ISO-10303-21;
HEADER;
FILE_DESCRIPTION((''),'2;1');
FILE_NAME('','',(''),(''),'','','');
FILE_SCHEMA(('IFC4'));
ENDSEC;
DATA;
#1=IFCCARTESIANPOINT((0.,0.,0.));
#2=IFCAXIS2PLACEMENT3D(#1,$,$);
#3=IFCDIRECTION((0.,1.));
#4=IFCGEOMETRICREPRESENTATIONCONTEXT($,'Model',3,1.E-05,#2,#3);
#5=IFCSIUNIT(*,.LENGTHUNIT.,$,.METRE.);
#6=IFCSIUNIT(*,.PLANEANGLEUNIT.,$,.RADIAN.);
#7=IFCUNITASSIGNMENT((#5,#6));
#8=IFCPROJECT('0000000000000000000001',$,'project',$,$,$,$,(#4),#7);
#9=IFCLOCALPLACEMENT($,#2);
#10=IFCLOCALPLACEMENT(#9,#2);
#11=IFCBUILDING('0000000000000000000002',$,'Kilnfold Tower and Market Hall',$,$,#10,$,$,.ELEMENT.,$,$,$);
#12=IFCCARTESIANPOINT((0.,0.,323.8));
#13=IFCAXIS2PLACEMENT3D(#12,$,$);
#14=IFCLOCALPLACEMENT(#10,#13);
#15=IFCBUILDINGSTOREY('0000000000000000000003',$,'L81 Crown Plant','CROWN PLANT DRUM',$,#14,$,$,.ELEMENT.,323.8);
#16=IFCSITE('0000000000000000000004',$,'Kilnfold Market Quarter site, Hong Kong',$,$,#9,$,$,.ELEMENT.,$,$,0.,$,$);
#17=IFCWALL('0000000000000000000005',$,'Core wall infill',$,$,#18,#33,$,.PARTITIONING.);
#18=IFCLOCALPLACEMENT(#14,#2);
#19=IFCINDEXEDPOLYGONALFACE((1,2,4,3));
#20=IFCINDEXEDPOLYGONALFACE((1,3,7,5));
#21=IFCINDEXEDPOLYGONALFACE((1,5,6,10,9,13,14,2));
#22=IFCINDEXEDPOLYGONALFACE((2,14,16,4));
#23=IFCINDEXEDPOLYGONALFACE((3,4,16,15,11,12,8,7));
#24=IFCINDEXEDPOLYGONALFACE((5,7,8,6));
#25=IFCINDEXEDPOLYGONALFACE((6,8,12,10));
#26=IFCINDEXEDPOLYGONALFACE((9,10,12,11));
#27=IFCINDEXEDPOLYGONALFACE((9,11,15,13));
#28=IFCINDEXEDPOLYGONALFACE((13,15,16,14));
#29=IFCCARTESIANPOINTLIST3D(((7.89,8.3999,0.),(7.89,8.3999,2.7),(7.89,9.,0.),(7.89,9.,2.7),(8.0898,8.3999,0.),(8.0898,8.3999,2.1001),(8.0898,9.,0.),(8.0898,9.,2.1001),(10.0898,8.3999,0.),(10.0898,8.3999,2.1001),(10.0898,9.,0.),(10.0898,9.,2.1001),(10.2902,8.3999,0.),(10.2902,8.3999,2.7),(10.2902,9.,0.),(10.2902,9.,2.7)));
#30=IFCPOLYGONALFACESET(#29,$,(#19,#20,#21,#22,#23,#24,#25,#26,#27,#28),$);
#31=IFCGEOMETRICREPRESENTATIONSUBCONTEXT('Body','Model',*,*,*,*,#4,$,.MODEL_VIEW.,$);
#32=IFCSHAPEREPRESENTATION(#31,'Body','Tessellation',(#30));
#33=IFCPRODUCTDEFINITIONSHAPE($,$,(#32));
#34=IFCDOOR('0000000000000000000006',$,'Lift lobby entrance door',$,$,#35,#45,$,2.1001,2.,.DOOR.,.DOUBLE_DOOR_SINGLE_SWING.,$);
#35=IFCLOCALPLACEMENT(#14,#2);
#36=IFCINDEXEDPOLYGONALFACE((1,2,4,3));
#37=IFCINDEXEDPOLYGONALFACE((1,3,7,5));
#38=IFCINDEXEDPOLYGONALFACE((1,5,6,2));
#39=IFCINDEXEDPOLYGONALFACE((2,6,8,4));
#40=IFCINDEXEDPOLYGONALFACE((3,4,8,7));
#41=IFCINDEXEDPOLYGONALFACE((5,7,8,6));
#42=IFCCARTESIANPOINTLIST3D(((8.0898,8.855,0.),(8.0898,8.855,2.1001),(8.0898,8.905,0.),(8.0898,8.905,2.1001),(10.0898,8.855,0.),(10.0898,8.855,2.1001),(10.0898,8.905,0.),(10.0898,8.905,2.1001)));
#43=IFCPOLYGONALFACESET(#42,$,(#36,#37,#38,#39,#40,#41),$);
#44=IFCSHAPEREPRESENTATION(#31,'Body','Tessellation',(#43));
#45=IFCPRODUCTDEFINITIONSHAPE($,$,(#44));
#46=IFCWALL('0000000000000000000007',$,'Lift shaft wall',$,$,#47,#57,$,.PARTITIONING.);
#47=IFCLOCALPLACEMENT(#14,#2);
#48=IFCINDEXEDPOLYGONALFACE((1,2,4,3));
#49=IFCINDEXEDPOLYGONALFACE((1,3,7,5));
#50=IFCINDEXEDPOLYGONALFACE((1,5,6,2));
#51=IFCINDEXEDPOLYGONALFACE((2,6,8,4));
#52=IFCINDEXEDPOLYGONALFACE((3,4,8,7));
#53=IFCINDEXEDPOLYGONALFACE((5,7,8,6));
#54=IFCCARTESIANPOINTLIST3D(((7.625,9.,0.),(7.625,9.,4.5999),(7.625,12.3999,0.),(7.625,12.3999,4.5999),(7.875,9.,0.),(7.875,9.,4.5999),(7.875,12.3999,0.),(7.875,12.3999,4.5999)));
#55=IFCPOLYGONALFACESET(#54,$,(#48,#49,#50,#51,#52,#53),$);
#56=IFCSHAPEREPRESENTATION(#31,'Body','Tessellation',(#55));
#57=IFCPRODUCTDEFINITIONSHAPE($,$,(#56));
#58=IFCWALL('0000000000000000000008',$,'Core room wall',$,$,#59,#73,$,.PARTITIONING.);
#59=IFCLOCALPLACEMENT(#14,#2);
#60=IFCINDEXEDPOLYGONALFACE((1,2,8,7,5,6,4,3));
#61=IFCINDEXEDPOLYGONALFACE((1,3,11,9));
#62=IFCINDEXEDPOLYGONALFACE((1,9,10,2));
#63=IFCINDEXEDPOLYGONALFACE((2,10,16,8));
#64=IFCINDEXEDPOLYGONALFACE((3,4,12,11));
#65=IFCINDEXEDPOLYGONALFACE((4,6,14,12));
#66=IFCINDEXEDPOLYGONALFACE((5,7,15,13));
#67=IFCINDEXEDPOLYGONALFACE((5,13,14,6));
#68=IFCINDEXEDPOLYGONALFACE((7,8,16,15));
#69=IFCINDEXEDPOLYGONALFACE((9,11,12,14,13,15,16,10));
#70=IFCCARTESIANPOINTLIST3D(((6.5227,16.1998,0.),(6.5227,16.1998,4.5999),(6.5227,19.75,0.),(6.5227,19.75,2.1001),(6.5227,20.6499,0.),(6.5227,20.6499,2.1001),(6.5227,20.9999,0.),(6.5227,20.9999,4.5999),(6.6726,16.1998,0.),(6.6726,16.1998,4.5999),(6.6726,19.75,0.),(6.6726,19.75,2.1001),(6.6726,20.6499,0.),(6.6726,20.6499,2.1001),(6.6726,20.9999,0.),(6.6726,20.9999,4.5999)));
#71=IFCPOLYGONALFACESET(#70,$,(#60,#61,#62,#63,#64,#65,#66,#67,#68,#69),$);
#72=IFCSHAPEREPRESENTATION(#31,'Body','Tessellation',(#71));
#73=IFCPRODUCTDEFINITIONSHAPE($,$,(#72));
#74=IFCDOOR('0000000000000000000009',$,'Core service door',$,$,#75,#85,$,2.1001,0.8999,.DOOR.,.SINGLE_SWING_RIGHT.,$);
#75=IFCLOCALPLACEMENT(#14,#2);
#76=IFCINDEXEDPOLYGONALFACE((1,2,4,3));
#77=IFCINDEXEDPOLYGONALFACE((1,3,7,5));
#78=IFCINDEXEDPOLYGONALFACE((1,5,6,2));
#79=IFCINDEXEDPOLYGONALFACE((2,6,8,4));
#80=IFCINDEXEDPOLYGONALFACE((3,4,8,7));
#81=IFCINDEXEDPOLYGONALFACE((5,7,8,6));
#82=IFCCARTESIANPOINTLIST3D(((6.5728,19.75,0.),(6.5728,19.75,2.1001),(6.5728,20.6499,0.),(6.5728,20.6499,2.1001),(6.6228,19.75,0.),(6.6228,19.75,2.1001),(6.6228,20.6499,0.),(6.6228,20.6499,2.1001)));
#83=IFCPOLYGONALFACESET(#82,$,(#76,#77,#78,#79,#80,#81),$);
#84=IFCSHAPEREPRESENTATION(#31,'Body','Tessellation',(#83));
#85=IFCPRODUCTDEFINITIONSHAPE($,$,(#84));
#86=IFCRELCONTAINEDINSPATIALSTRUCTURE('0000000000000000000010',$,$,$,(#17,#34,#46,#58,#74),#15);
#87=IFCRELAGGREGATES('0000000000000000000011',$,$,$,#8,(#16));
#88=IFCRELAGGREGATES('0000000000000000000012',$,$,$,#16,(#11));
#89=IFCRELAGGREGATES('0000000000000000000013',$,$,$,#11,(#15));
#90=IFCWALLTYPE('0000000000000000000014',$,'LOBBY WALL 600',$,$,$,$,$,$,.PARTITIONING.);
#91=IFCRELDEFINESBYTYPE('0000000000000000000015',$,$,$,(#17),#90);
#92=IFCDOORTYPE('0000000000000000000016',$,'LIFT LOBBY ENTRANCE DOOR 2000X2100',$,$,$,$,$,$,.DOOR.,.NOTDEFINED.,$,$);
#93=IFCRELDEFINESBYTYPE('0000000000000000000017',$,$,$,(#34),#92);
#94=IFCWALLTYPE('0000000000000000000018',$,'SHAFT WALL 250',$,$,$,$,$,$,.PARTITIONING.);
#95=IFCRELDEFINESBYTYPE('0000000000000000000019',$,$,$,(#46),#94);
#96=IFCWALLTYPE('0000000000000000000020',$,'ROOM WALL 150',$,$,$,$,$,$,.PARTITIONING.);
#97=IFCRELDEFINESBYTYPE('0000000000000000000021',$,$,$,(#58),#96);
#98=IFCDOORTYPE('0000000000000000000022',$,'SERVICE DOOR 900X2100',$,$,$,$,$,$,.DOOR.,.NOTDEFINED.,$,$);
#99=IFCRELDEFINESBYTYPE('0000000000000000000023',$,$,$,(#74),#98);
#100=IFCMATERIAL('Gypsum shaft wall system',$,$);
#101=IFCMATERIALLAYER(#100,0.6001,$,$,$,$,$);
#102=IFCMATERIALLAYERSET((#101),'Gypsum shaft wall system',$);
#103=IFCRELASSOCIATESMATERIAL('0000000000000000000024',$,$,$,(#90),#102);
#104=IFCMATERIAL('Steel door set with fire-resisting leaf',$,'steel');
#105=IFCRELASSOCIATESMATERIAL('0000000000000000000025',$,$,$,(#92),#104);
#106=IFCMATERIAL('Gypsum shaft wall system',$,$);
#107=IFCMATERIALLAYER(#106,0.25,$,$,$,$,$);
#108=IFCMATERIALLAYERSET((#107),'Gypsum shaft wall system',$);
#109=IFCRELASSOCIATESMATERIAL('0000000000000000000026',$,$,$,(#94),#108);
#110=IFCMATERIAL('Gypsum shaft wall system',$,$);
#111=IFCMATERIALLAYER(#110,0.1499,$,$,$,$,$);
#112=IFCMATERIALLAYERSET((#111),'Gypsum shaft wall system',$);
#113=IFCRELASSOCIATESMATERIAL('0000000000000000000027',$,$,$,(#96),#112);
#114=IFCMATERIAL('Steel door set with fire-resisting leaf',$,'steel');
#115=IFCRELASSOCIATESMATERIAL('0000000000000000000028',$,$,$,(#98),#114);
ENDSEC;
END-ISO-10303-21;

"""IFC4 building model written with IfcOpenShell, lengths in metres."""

from ifc_helpers import new_model, si_unit, direction, frame, frame_2d, origin, place, context, subcontext, project, spatial, rectangle, extrude, source, transform, mapped, material, layer, layer_set, type_object, element, fill, save


model = new_model("IFC4")

# Units and contexts
model_context = context("Model", 3, precision=1e-05, world=origin(), true_north=direction((0.0, 1.0)))
body_context = subcontext(model_context, "Body", "Model", "MODEL_VIEW")
ifc_project = project(units=[si_unit("LENGTHUNIT", "METRE"), si_unit("PLANEANGLEUNIT", "RADIAN")], contexts=[model_context])

# Site, building, storey
site_placement = place(None, origin())
site = spatial("IfcSite", under=ifc_project, at=site_placement, Name="Kilnfold Market Quarter site, Hong Kong", CompositionType="ELEMENT", RefElevation=0.0)
building_placement = place(site_placement, origin())
building = spatial("IfcBuilding", under=site, at=building_placement, Name="Kilnfold Tower and Market Hall", CompositionType="ELEMENT")
storey_placement = place(building_placement, frame((0.0, 0.0, 323.8)))
storey = spatial("IfcBuildingStorey", under=building, at=storey_placement, Name="L81 Crown Plant", Description="CROWN PLANT DRUM", CompositionType="ELEMENT", Elevation=323.8)

# Wall, opening, door
ifc_material_1 = material(Name="Gypsum shaft wall system")
ifc_layer_1 = layer(ifc_material_1, 0.6001)
ifc_layer_set_1 = layer_set([ifc_layer_1], Name="Gypsum shaft wall system")
wall_type_1 = type_object("IfcWallType", Name="LOBBY WALL 600", PredefinedType="PARTITIONING", material=ifc_layer_set_1)
shared_shape_1 = source(origin(), body_context, "Body", "SweptSolid", [
    extrude(rectangle(XDim=2.4001, YDim=0.6001, at=frame_2d((1.2002, 0.0))), origin(), (0.0, 0.0, 1.0), 2.7),
])
wall_1_placement = place(storey_placement, frame((7.8899, 8.7, 0.0), z_axis=(0.0, 0.0, 1.0), x_axis=(1.0, 0.0, 0.0)))
wall_1 = element("IfcWall", 1, at=wall_1_placement, inside=storey, type_object=wall_type_1, Name="Core wall infill", PredefinedType="PARTITIONING", context=body_context, shape_type="MappedRepresentation", body=[
    mapped(shared_shape_1, transform((0.0, 0.0, 0.0))),
])
opening_1_placement = place(wall_1_placement, frame((0.2, 0.0, 0.0)))
opening_1 = element("IfcOpeningElement", 2, at=opening_1_placement, cuts=wall_1, PredefinedType="OPENING", context=body_context, shape_type="SweptSolid", body=[
    extrude(rectangle(XDim=2.0, YDim=2.1001, at=frame_2d((1.0, 1.05))), frame((0.0, 0.3101, 0.0), z_axis=(0.0, -1.0, 0.0), x_axis=(1.0, 0.0, 0.0)), (0.0, 0.0, 1.0), 0.6201),
])
ifc_material_2 = material(Name="Steel door set with fire-resisting leaf", Category="steel")
door_type_1 = type_object("IfcDoorType", Name="LIFT LOBBY ENTRANCE DOOR 2000X2100", OperationType="NOTDEFINED", PredefinedType="DOOR", material=ifc_material_2)
door_1_placement = place(opening_1_placement, origin())
door_1 = element("IfcDoor", 3, at=door_1_placement, inside=storey, type_object=door_type_1, Name="Lift lobby entrance door", OperationType="DOUBLE_DOOR_SINGLE_SWING", OverallHeight=2.1001, OverallWidth=2.0, PredefinedType="DOOR", context=body_context, shape_type="SweptSolid", body=[
    extrude(rectangle(XDim=2.0, YDim=2.1001, at=frame_2d((1.0, 1.05))), frame((0.0, 0.2051, 0.0), z_axis=(0.0, -1.0, 0.0), x_axis=(1.0, 0.0, 0.0)), (0.0, 0.0, 1.0), 0.05),
])
fill(opening_1, door_1)

# Wall
ifc_material_3 = material(Name="Gypsum shaft wall system")
ifc_layer_2 = layer(ifc_material_3, 0.25)
ifc_layer_set_2 = layer_set([ifc_layer_2], Name="Gypsum shaft wall system")
wall_type_2 = type_object("IfcWallType", Name="SHAFT WALL 250", PredefinedType="PARTITIONING", material=ifc_layer_set_2)
shared_shape_2 = source(origin(), body_context, "Body", "SweptSolid", [
    extrude(rectangle(XDim=3.3999, YDim=0.25, at=frame_2d((1.7, 0.0))), origin(), (0.0, 0.0, 1.0), 4.5999),
])
wall_2_placement = place(storey_placement, frame((7.75, 9.0, 0.0), z_axis=(0.0, 0.0, 1.0), x_axis=(0.0, 1.0, 0.0)))
element("IfcWall", 4, at=wall_2_placement, inside=storey, type_object=wall_type_2, Name="Lift shaft wall", PredefinedType="PARTITIONING", context=body_context, shape_type="MappedRepresentation", body=[
    mapped(shared_shape_2, transform((0.0, 0.0, 0.0))),
])

# Wall, opening, door
ifc_material_4 = material(Name="Gypsum shaft wall system")
ifc_layer_3 = layer(ifc_material_4, 0.1499)
ifc_layer_set_3 = layer_set([ifc_layer_3], Name="Gypsum shaft wall system")
wall_type_3 = type_object("IfcWallType", Name="ROOM WALL 150", PredefinedType="PARTITIONING", material=ifc_layer_set_3)
shared_shape_3 = source(origin(), body_context, "Body", "SweptSolid", [
    extrude(rectangle(XDim=4.8, YDim=0.1499, at=frame_2d((2.3999, 0.0))), origin(), (0.0, 0.0, 1.0), 4.5999),
])
wall_3_placement = place(storey_placement, frame((6.5977, 16.2, 0.0), z_axis=(0.0, 0.0, 1.0), x_axis=(0.0, 1.0, 0.0)))
wall_3 = element("IfcWall", 5, at=wall_3_placement, inside=storey, type_object=wall_type_3, Name="Core room wall", PredefinedType="PARTITIONING", context=body_context, shape_type="MappedRepresentation", body=[
    mapped(shared_shape_3, transform((0.0, 0.0, 0.0))),
])
opening_2_placement = place(wall_3_placement, frame((3.55, 0.0, 0.0)))
opening_2 = element("IfcOpeningElement", 6, at=opening_2_placement, cuts=wall_3, PredefinedType="OPENING", context=body_context, shape_type="SweptSolid", body=[
    extrude(rectangle(XDim=0.8999, YDim=2.1001, at=frame_2d((0.45, 1.05))), frame((0.0, 0.085, 0.0), z_axis=(0.0, -1.0, 0.0), x_axis=(1.0, 0.0, 0.0)), (0.0, 0.0, 1.0), 0.1699),
])
ifc_material_5 = material(Name="Steel door set with fire-resisting leaf", Category="steel")
door_type_2 = type_object("IfcDoorType", Name="SERVICE DOOR 900X2100", OperationType="NOTDEFINED", PredefinedType="DOOR", material=ifc_material_5)
door_2_placement = place(opening_2_placement, origin())
door_2 = element("IfcDoor", 7, at=door_2_placement, inside=storey, type_object=door_type_2, Name="Core service door", OperationType="SINGLE_SWING_RIGHT", OverallHeight=2.1001, OverallWidth=0.8999, PredefinedType="DOOR", context=body_context, shape_type="SweptSolid", body=[
    extrude(rectangle(XDim=0.8999, YDim=2.1001, at=frame_2d((0.45, 1.05))), frame((0.0, 0.0249, 0.0), z_axis=(0.0, -1.0, 0.0), x_axis=(1.0, 0.0, 0.0)), (0.0, 0.0, 1.0), 0.05),
])
fill(opening_2, door_2)

save(model, "model.ifc")
